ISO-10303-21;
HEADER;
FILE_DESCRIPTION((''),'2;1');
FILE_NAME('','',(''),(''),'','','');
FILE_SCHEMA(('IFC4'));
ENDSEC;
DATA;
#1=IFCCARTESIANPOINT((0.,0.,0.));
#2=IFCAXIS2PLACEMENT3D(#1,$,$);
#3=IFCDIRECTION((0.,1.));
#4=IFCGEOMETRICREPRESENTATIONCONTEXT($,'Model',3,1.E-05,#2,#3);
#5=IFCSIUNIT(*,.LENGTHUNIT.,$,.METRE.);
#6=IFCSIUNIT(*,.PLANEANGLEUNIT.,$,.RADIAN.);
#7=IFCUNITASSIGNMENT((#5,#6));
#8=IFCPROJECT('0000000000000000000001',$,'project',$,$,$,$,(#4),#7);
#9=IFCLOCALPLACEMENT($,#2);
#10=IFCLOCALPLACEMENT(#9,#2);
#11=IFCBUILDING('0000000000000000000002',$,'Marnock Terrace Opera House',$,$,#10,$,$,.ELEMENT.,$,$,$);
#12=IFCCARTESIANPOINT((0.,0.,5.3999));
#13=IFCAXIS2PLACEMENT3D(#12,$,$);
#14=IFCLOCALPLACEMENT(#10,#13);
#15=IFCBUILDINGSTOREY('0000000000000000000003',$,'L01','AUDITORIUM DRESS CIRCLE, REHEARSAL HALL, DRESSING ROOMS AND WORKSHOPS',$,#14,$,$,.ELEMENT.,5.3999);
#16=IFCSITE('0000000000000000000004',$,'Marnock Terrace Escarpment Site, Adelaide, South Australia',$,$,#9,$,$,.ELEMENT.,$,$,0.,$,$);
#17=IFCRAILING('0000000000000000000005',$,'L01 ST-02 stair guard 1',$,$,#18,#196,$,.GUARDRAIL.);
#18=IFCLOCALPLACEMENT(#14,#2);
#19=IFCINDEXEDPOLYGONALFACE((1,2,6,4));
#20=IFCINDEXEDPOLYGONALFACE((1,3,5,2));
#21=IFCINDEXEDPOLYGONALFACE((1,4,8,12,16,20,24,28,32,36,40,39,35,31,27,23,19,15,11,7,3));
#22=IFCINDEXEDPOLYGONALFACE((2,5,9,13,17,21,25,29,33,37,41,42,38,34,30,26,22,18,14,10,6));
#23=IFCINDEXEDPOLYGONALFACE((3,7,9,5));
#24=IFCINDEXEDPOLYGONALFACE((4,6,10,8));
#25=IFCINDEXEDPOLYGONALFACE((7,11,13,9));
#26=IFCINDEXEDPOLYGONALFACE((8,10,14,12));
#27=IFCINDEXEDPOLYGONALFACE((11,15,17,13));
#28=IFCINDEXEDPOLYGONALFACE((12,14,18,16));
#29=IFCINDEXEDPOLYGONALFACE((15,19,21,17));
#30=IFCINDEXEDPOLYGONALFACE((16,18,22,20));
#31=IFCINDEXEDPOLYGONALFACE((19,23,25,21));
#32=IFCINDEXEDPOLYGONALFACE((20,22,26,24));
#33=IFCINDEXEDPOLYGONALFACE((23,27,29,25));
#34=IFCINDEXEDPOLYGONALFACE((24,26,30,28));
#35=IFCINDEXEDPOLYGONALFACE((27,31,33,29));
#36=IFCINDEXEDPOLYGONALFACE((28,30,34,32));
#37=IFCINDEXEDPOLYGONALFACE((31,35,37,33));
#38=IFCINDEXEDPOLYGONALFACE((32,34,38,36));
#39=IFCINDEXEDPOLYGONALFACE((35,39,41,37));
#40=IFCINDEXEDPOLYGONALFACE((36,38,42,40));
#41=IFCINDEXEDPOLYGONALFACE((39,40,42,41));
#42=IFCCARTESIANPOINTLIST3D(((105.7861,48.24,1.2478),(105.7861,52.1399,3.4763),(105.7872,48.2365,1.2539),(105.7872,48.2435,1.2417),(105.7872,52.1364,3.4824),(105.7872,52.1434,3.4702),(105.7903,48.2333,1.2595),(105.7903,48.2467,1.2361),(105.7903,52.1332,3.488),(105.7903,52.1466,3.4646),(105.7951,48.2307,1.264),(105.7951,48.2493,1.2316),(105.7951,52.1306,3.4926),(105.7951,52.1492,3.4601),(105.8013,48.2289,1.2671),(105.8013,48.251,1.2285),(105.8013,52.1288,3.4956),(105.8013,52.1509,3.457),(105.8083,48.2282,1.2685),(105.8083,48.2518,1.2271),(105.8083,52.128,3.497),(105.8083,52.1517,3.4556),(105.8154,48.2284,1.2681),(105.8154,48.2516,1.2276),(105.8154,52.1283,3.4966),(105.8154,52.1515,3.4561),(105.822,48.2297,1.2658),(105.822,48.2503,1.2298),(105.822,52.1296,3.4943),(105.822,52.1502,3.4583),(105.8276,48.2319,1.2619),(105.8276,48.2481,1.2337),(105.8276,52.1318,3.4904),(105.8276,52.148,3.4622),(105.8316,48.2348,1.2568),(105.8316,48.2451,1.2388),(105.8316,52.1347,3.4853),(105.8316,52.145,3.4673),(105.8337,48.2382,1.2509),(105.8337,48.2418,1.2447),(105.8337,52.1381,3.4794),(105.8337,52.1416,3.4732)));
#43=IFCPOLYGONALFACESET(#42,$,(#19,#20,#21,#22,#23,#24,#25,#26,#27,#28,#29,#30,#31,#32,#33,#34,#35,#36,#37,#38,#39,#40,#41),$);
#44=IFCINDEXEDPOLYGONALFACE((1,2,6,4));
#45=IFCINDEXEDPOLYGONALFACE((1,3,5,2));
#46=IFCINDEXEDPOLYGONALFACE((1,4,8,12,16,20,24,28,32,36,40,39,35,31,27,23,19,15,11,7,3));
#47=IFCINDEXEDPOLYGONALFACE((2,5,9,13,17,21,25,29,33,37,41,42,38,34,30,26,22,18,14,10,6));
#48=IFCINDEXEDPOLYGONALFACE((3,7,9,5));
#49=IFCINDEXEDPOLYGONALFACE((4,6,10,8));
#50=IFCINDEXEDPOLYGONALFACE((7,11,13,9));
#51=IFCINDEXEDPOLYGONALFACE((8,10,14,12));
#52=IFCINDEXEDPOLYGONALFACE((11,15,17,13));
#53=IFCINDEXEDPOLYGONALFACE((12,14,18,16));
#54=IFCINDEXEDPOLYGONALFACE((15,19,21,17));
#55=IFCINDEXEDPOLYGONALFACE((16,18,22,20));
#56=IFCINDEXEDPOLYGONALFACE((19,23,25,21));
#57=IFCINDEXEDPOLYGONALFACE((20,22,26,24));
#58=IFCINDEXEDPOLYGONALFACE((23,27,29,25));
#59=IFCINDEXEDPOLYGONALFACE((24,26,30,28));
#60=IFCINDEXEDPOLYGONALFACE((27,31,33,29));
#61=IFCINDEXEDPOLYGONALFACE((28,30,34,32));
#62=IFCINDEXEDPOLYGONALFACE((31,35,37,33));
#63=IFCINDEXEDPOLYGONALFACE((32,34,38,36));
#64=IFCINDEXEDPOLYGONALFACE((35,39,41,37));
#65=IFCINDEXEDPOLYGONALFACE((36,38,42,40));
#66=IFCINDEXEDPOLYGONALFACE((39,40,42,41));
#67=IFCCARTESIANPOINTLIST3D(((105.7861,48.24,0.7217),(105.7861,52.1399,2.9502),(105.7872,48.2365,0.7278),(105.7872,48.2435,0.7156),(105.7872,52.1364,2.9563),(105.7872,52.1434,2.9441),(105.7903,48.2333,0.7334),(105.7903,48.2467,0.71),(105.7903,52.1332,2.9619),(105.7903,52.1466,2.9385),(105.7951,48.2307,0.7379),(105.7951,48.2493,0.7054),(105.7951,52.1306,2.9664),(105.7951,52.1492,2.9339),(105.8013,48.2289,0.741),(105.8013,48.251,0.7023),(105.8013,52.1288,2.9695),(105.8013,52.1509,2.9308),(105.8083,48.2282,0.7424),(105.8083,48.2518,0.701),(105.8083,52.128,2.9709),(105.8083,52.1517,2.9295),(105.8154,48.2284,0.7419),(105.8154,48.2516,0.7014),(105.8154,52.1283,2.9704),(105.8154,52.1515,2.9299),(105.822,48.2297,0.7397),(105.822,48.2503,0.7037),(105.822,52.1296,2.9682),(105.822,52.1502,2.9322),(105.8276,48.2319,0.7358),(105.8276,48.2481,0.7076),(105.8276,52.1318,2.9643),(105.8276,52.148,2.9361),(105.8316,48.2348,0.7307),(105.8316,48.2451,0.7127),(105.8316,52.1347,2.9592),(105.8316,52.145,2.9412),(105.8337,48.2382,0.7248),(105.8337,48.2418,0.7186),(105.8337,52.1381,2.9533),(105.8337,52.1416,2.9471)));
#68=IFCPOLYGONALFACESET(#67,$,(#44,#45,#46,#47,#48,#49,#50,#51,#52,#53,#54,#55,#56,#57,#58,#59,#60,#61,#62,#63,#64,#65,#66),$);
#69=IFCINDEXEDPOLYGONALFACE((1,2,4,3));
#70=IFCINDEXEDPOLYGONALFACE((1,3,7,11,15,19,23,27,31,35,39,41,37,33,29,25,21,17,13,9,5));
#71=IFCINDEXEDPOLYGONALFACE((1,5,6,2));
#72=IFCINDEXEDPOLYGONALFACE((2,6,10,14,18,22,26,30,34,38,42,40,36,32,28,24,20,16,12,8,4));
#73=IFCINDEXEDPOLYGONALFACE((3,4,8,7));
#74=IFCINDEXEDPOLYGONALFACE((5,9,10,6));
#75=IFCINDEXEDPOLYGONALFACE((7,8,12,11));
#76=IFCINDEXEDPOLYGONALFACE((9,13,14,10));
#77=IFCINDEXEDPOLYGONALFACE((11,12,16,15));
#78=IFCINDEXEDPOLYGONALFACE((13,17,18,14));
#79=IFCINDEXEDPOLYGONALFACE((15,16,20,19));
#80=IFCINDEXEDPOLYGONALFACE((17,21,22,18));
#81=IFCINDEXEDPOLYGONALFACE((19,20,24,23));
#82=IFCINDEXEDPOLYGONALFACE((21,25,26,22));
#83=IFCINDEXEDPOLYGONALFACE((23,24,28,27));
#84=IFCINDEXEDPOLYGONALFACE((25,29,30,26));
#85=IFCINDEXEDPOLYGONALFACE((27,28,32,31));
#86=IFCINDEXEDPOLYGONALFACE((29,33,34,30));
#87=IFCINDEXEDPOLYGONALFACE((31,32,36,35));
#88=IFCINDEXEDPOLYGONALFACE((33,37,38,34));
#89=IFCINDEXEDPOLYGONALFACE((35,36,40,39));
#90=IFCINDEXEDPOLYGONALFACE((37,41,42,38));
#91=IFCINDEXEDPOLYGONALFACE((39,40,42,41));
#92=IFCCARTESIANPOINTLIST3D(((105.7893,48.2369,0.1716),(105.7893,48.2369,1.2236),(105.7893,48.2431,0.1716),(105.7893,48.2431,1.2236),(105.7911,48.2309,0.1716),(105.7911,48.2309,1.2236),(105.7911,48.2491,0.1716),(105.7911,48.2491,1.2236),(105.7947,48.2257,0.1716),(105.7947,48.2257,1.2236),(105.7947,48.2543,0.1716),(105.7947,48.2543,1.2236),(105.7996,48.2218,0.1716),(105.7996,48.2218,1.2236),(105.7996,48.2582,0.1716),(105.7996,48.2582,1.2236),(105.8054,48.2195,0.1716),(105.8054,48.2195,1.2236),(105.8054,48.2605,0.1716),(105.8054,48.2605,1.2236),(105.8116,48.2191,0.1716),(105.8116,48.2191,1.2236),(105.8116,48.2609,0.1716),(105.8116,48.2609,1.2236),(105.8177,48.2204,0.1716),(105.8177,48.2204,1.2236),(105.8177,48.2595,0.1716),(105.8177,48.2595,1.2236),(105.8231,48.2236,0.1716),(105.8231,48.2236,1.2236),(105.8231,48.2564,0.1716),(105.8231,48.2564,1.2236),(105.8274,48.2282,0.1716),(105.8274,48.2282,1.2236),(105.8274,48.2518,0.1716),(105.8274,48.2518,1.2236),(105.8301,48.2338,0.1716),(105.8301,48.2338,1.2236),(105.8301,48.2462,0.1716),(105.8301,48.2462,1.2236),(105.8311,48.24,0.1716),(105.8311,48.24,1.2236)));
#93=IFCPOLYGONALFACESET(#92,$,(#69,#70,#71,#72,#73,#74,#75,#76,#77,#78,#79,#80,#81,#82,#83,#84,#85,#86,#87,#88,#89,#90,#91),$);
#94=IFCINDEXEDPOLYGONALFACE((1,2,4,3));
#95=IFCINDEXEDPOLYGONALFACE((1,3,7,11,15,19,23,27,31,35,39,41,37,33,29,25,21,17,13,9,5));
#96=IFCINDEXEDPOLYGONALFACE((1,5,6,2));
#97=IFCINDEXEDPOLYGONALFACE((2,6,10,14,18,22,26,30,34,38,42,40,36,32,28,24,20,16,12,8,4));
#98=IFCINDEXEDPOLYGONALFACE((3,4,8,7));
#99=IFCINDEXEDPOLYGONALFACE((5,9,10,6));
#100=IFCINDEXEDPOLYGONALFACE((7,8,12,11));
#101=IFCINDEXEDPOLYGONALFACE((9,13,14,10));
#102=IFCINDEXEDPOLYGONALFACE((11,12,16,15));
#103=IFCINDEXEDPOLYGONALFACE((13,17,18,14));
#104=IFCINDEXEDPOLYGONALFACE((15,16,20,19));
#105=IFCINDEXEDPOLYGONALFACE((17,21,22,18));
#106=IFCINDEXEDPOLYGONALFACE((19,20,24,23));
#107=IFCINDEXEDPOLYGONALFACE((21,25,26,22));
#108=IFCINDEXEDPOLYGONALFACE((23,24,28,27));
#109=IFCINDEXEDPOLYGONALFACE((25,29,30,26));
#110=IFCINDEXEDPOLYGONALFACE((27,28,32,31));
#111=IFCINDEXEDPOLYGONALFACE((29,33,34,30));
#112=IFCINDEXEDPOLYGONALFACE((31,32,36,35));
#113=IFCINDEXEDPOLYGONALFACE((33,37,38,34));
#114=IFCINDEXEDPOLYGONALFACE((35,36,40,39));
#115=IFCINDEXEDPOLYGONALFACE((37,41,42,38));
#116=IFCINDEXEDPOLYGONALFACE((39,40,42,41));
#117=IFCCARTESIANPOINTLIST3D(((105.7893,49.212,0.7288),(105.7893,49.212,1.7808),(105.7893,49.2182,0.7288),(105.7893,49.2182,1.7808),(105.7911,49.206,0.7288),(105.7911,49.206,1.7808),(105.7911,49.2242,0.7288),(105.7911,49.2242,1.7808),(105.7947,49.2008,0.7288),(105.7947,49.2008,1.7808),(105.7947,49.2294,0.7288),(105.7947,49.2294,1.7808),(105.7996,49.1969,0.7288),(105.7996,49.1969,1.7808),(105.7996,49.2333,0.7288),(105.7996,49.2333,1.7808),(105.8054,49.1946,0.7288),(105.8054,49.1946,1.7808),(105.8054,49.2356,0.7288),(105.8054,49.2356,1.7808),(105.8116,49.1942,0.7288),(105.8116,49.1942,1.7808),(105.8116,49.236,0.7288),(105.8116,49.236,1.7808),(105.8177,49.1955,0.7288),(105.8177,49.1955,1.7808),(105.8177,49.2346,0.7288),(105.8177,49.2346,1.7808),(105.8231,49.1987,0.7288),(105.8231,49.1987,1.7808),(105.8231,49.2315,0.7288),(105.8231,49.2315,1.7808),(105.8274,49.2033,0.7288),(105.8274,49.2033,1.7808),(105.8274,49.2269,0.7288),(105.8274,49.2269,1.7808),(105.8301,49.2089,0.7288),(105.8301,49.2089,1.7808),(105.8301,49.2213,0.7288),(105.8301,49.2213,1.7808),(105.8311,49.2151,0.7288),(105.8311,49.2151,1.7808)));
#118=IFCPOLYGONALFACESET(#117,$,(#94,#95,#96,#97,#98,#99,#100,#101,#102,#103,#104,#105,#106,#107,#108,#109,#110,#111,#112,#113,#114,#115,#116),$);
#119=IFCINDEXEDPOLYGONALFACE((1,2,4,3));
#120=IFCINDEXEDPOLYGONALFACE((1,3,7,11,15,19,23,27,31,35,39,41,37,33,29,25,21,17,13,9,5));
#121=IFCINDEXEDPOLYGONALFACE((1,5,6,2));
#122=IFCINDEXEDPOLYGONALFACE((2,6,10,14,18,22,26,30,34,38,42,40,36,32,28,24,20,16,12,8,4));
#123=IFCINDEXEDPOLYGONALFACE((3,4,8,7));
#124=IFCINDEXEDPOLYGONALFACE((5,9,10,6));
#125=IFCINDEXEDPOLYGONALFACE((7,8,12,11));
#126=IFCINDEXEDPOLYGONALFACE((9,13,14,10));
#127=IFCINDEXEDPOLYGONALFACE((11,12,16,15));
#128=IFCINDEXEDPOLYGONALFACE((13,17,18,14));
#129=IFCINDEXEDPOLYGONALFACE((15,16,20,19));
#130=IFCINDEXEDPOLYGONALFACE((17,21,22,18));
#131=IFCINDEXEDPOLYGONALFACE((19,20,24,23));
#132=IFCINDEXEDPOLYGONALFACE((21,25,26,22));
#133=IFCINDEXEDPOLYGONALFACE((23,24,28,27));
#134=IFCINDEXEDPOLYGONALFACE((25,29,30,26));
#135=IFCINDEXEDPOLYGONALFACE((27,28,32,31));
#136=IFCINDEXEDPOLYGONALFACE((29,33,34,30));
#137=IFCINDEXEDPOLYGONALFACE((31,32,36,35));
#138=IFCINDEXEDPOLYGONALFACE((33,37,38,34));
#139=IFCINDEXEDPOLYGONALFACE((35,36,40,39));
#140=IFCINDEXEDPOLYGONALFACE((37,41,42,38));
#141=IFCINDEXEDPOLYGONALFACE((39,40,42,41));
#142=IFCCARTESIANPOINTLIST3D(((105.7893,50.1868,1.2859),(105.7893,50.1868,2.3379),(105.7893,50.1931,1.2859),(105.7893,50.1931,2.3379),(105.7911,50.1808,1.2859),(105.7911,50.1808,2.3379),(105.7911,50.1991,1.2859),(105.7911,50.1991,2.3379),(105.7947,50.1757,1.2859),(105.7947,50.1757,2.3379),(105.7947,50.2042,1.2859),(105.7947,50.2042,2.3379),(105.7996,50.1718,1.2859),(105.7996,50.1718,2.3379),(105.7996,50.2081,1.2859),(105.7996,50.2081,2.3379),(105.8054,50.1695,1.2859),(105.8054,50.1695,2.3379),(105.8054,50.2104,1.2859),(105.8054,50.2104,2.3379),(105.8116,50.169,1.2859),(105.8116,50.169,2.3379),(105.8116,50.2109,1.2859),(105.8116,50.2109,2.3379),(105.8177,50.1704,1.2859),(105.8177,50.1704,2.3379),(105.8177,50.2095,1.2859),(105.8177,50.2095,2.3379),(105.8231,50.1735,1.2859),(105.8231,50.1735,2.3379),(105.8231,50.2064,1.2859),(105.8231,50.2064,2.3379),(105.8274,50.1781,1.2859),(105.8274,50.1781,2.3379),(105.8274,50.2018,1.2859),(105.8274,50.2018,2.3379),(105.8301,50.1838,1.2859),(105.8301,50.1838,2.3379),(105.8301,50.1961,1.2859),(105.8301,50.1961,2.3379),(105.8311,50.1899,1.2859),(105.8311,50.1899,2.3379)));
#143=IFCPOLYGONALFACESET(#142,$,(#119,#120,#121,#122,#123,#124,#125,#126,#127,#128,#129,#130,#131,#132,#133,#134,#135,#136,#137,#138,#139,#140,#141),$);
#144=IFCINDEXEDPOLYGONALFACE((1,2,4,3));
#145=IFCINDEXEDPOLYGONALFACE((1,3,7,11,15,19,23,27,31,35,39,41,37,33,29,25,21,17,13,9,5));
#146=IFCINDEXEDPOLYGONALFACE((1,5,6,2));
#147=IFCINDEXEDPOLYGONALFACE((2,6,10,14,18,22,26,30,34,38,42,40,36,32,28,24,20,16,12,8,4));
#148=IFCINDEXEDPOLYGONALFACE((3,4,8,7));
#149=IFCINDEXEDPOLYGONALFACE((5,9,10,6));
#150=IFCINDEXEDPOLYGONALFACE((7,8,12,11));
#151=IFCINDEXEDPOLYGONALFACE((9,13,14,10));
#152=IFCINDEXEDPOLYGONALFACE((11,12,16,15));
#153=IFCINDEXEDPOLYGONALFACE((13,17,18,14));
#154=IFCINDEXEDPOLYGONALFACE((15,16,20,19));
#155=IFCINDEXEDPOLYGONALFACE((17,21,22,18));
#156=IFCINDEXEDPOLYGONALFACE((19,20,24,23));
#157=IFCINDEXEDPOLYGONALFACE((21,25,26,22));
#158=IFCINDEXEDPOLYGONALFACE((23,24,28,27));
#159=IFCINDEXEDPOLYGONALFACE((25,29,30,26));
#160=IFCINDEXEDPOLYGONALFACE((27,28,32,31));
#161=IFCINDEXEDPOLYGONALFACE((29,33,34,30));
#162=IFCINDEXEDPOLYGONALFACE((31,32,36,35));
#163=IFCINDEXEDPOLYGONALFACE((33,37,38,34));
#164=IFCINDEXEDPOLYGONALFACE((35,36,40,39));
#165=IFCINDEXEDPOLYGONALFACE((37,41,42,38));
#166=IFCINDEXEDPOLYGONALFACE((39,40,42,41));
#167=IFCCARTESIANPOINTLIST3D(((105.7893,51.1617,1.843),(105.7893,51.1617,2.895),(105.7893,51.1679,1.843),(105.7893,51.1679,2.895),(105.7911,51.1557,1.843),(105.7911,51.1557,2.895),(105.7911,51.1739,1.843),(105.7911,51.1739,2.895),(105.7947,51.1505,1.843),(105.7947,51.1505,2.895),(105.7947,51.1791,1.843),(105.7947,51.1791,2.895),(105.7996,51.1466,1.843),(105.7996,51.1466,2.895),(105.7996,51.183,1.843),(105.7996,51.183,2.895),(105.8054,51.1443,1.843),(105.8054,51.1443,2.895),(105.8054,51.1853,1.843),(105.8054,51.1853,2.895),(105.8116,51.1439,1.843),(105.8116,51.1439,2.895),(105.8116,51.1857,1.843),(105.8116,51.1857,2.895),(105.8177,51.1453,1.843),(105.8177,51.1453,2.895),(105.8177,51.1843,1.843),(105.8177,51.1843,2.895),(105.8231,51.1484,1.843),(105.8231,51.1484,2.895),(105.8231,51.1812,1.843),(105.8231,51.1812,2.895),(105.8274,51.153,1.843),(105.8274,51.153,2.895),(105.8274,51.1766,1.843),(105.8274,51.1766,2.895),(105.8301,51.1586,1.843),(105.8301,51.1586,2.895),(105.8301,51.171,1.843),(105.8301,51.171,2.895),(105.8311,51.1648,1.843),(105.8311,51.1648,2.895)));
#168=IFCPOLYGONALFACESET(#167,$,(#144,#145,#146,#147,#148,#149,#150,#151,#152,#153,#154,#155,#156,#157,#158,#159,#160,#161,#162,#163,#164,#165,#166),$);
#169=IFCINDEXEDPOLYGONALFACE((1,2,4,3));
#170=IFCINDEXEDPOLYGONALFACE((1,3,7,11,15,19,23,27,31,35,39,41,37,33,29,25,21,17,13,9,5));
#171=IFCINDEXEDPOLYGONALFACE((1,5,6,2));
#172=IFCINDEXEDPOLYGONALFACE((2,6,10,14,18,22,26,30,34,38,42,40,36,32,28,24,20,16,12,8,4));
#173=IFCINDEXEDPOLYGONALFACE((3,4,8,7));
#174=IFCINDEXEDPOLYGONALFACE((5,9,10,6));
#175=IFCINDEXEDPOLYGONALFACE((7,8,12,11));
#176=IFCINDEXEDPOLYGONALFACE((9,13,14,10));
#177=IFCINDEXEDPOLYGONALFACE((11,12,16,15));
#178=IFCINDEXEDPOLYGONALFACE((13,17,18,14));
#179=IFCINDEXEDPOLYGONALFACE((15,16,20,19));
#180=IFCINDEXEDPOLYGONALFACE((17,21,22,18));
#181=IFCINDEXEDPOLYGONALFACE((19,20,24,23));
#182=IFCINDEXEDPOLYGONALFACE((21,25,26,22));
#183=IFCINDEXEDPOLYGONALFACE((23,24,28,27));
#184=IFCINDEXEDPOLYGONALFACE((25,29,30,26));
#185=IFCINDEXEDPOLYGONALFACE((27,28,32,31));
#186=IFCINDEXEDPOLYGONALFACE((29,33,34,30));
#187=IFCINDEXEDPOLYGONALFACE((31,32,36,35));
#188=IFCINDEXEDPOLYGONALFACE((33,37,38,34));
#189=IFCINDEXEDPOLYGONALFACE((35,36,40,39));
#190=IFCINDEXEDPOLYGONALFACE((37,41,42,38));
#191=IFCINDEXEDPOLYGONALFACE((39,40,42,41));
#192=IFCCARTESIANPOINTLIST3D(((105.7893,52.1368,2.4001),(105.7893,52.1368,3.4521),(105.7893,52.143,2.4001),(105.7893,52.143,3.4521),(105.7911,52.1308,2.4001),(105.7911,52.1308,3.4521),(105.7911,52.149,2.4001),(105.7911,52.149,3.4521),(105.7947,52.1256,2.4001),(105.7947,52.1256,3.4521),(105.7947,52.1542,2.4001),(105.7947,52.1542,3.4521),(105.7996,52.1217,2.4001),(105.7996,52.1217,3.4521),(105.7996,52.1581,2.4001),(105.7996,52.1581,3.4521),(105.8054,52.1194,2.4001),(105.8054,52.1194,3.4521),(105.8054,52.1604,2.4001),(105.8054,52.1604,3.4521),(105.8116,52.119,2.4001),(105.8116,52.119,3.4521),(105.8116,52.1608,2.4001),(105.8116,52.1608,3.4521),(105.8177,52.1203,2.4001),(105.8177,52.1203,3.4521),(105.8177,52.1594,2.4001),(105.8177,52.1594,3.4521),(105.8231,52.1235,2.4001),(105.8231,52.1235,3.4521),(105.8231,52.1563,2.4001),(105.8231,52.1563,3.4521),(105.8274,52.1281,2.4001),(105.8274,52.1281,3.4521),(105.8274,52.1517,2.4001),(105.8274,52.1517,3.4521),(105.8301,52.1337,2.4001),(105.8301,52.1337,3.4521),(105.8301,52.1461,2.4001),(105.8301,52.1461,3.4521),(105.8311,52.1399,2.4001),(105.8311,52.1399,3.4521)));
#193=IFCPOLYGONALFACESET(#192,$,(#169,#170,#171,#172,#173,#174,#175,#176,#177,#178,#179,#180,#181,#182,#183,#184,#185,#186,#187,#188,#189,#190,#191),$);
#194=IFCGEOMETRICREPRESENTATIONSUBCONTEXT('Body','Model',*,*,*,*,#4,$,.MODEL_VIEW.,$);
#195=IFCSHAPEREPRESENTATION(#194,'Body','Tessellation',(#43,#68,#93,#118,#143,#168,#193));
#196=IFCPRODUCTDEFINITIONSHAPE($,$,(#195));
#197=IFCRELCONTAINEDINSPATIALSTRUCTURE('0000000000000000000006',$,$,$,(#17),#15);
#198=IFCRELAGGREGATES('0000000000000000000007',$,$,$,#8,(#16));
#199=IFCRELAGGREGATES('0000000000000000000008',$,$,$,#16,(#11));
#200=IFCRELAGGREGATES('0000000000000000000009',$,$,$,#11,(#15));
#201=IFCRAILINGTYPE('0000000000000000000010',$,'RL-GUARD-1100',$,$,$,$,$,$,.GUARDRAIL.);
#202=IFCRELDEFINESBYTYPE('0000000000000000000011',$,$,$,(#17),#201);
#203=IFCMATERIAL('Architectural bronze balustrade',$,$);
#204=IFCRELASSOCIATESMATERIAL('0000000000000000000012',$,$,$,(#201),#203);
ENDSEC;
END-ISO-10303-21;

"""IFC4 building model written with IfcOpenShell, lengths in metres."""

from ifc_helpers import new_model, si_unit, direction, frame, origin, origin_2d, place, context, subcontext, project, spatial, circle, extrude, material, type_object, element, save


model = new_model("IFC4")

# Units and contexts
model_context = context("Model", 3, precision=1e-05, world=origin(), true_north=direction((0.0, 1.0)))
body_context = subcontext(model_context, "Body", "Model", "MODEL_VIEW")
ifc_project = project(units=[si_unit("LENGTHUNIT", "METRE"), si_unit("PLANEANGLEUNIT", "RADIAN")], contexts=[model_context])

# Site, building, storey
site_placement = place(None, origin())
site = spatial("IfcSite", under=ifc_project, at=site_placement, Name="Marnock Terrace Escarpment Site, Adelaide, South Australia", CompositionType="ELEMENT", RefElevation=0.0)
building_placement = place(site_placement, origin())
building = spatial("IfcBuilding", under=site, at=building_placement, Name="Marnock Terrace Opera House", CompositionType="ELEMENT")
storey_placement = place(building_placement, frame((0.0, 0.0, 5.3999)))
storey = spatial("IfcBuildingStorey", under=building, at=storey_placement, Name="L01", Description="AUDITORIUM DRESS CIRCLE, REHEARSAL HALL, DRESSING ROOMS AND WORKSHOPS", CompositionType="ELEMENT", Elevation=5.3999)

# Railing
ifc_material_1 = material(Name="Architectural bronze balustrade")
railing_type_1 = type_object("IfcRailingType", Name="RL-GUARD-1100", PredefinedType="GUARDRAIL", material=ifc_material_1)
railing_1_placement = place(storey_placement, frame((105.8101, 48.24, 0.1716)))
element("IfcRailing", 1, at=railing_1_placement, inside=storey, type_object=railing_type_1, Name="L01 ST-02 stair guard 1", PredefinedType="GUARDRAIL", context=body_context, shape_type="SweptSolid", body=[
    extrude(circle(Radius=0.0239, at=origin_2d()), frame((0.0, 0.0, 1.0762), z_axis=(0.0, 0.868243, 0.496139), x_axis=(-1.0, 0.0, 0.0)), (0.0, 0.0, 1.0), 4.4917),
    extrude(circle(Radius=0.0239, at=origin_2d()), frame((0.0, 0.0, 0.55), z_axis=(0.0, 0.868243, 0.496139), x_axis=(-1.0, 0.0, 0.0)), (0.0, 0.0, 1.0), 4.4917),
    extrude(circle(Radius=0.021, at=origin_2d()), origin(), (0.0, 0.0, 1.0), 1.052),
    extrude(circle(Radius=0.021, at=origin_2d()), frame((0.0, 0.9751, 0.5571)), (0.0, 0.0, 1.0), 1.052),
    extrude(circle(Radius=0.021, at=origin_2d()), frame((0.0, 1.95, 1.1143)), (0.0, 0.0, 1.0), 1.052),
    extrude(circle(Radius=0.021, at=origin_2d()), frame((0.0, 2.9248, 1.6714)), (0.0, 0.0, 1.0), 1.052),
    extrude(circle(Radius=0.021, at=origin_2d()), frame((0.0, 3.8999, 2.2285)), (0.0, 0.0, 1.0), 1.052),
])

save(model, "model.ifc")
